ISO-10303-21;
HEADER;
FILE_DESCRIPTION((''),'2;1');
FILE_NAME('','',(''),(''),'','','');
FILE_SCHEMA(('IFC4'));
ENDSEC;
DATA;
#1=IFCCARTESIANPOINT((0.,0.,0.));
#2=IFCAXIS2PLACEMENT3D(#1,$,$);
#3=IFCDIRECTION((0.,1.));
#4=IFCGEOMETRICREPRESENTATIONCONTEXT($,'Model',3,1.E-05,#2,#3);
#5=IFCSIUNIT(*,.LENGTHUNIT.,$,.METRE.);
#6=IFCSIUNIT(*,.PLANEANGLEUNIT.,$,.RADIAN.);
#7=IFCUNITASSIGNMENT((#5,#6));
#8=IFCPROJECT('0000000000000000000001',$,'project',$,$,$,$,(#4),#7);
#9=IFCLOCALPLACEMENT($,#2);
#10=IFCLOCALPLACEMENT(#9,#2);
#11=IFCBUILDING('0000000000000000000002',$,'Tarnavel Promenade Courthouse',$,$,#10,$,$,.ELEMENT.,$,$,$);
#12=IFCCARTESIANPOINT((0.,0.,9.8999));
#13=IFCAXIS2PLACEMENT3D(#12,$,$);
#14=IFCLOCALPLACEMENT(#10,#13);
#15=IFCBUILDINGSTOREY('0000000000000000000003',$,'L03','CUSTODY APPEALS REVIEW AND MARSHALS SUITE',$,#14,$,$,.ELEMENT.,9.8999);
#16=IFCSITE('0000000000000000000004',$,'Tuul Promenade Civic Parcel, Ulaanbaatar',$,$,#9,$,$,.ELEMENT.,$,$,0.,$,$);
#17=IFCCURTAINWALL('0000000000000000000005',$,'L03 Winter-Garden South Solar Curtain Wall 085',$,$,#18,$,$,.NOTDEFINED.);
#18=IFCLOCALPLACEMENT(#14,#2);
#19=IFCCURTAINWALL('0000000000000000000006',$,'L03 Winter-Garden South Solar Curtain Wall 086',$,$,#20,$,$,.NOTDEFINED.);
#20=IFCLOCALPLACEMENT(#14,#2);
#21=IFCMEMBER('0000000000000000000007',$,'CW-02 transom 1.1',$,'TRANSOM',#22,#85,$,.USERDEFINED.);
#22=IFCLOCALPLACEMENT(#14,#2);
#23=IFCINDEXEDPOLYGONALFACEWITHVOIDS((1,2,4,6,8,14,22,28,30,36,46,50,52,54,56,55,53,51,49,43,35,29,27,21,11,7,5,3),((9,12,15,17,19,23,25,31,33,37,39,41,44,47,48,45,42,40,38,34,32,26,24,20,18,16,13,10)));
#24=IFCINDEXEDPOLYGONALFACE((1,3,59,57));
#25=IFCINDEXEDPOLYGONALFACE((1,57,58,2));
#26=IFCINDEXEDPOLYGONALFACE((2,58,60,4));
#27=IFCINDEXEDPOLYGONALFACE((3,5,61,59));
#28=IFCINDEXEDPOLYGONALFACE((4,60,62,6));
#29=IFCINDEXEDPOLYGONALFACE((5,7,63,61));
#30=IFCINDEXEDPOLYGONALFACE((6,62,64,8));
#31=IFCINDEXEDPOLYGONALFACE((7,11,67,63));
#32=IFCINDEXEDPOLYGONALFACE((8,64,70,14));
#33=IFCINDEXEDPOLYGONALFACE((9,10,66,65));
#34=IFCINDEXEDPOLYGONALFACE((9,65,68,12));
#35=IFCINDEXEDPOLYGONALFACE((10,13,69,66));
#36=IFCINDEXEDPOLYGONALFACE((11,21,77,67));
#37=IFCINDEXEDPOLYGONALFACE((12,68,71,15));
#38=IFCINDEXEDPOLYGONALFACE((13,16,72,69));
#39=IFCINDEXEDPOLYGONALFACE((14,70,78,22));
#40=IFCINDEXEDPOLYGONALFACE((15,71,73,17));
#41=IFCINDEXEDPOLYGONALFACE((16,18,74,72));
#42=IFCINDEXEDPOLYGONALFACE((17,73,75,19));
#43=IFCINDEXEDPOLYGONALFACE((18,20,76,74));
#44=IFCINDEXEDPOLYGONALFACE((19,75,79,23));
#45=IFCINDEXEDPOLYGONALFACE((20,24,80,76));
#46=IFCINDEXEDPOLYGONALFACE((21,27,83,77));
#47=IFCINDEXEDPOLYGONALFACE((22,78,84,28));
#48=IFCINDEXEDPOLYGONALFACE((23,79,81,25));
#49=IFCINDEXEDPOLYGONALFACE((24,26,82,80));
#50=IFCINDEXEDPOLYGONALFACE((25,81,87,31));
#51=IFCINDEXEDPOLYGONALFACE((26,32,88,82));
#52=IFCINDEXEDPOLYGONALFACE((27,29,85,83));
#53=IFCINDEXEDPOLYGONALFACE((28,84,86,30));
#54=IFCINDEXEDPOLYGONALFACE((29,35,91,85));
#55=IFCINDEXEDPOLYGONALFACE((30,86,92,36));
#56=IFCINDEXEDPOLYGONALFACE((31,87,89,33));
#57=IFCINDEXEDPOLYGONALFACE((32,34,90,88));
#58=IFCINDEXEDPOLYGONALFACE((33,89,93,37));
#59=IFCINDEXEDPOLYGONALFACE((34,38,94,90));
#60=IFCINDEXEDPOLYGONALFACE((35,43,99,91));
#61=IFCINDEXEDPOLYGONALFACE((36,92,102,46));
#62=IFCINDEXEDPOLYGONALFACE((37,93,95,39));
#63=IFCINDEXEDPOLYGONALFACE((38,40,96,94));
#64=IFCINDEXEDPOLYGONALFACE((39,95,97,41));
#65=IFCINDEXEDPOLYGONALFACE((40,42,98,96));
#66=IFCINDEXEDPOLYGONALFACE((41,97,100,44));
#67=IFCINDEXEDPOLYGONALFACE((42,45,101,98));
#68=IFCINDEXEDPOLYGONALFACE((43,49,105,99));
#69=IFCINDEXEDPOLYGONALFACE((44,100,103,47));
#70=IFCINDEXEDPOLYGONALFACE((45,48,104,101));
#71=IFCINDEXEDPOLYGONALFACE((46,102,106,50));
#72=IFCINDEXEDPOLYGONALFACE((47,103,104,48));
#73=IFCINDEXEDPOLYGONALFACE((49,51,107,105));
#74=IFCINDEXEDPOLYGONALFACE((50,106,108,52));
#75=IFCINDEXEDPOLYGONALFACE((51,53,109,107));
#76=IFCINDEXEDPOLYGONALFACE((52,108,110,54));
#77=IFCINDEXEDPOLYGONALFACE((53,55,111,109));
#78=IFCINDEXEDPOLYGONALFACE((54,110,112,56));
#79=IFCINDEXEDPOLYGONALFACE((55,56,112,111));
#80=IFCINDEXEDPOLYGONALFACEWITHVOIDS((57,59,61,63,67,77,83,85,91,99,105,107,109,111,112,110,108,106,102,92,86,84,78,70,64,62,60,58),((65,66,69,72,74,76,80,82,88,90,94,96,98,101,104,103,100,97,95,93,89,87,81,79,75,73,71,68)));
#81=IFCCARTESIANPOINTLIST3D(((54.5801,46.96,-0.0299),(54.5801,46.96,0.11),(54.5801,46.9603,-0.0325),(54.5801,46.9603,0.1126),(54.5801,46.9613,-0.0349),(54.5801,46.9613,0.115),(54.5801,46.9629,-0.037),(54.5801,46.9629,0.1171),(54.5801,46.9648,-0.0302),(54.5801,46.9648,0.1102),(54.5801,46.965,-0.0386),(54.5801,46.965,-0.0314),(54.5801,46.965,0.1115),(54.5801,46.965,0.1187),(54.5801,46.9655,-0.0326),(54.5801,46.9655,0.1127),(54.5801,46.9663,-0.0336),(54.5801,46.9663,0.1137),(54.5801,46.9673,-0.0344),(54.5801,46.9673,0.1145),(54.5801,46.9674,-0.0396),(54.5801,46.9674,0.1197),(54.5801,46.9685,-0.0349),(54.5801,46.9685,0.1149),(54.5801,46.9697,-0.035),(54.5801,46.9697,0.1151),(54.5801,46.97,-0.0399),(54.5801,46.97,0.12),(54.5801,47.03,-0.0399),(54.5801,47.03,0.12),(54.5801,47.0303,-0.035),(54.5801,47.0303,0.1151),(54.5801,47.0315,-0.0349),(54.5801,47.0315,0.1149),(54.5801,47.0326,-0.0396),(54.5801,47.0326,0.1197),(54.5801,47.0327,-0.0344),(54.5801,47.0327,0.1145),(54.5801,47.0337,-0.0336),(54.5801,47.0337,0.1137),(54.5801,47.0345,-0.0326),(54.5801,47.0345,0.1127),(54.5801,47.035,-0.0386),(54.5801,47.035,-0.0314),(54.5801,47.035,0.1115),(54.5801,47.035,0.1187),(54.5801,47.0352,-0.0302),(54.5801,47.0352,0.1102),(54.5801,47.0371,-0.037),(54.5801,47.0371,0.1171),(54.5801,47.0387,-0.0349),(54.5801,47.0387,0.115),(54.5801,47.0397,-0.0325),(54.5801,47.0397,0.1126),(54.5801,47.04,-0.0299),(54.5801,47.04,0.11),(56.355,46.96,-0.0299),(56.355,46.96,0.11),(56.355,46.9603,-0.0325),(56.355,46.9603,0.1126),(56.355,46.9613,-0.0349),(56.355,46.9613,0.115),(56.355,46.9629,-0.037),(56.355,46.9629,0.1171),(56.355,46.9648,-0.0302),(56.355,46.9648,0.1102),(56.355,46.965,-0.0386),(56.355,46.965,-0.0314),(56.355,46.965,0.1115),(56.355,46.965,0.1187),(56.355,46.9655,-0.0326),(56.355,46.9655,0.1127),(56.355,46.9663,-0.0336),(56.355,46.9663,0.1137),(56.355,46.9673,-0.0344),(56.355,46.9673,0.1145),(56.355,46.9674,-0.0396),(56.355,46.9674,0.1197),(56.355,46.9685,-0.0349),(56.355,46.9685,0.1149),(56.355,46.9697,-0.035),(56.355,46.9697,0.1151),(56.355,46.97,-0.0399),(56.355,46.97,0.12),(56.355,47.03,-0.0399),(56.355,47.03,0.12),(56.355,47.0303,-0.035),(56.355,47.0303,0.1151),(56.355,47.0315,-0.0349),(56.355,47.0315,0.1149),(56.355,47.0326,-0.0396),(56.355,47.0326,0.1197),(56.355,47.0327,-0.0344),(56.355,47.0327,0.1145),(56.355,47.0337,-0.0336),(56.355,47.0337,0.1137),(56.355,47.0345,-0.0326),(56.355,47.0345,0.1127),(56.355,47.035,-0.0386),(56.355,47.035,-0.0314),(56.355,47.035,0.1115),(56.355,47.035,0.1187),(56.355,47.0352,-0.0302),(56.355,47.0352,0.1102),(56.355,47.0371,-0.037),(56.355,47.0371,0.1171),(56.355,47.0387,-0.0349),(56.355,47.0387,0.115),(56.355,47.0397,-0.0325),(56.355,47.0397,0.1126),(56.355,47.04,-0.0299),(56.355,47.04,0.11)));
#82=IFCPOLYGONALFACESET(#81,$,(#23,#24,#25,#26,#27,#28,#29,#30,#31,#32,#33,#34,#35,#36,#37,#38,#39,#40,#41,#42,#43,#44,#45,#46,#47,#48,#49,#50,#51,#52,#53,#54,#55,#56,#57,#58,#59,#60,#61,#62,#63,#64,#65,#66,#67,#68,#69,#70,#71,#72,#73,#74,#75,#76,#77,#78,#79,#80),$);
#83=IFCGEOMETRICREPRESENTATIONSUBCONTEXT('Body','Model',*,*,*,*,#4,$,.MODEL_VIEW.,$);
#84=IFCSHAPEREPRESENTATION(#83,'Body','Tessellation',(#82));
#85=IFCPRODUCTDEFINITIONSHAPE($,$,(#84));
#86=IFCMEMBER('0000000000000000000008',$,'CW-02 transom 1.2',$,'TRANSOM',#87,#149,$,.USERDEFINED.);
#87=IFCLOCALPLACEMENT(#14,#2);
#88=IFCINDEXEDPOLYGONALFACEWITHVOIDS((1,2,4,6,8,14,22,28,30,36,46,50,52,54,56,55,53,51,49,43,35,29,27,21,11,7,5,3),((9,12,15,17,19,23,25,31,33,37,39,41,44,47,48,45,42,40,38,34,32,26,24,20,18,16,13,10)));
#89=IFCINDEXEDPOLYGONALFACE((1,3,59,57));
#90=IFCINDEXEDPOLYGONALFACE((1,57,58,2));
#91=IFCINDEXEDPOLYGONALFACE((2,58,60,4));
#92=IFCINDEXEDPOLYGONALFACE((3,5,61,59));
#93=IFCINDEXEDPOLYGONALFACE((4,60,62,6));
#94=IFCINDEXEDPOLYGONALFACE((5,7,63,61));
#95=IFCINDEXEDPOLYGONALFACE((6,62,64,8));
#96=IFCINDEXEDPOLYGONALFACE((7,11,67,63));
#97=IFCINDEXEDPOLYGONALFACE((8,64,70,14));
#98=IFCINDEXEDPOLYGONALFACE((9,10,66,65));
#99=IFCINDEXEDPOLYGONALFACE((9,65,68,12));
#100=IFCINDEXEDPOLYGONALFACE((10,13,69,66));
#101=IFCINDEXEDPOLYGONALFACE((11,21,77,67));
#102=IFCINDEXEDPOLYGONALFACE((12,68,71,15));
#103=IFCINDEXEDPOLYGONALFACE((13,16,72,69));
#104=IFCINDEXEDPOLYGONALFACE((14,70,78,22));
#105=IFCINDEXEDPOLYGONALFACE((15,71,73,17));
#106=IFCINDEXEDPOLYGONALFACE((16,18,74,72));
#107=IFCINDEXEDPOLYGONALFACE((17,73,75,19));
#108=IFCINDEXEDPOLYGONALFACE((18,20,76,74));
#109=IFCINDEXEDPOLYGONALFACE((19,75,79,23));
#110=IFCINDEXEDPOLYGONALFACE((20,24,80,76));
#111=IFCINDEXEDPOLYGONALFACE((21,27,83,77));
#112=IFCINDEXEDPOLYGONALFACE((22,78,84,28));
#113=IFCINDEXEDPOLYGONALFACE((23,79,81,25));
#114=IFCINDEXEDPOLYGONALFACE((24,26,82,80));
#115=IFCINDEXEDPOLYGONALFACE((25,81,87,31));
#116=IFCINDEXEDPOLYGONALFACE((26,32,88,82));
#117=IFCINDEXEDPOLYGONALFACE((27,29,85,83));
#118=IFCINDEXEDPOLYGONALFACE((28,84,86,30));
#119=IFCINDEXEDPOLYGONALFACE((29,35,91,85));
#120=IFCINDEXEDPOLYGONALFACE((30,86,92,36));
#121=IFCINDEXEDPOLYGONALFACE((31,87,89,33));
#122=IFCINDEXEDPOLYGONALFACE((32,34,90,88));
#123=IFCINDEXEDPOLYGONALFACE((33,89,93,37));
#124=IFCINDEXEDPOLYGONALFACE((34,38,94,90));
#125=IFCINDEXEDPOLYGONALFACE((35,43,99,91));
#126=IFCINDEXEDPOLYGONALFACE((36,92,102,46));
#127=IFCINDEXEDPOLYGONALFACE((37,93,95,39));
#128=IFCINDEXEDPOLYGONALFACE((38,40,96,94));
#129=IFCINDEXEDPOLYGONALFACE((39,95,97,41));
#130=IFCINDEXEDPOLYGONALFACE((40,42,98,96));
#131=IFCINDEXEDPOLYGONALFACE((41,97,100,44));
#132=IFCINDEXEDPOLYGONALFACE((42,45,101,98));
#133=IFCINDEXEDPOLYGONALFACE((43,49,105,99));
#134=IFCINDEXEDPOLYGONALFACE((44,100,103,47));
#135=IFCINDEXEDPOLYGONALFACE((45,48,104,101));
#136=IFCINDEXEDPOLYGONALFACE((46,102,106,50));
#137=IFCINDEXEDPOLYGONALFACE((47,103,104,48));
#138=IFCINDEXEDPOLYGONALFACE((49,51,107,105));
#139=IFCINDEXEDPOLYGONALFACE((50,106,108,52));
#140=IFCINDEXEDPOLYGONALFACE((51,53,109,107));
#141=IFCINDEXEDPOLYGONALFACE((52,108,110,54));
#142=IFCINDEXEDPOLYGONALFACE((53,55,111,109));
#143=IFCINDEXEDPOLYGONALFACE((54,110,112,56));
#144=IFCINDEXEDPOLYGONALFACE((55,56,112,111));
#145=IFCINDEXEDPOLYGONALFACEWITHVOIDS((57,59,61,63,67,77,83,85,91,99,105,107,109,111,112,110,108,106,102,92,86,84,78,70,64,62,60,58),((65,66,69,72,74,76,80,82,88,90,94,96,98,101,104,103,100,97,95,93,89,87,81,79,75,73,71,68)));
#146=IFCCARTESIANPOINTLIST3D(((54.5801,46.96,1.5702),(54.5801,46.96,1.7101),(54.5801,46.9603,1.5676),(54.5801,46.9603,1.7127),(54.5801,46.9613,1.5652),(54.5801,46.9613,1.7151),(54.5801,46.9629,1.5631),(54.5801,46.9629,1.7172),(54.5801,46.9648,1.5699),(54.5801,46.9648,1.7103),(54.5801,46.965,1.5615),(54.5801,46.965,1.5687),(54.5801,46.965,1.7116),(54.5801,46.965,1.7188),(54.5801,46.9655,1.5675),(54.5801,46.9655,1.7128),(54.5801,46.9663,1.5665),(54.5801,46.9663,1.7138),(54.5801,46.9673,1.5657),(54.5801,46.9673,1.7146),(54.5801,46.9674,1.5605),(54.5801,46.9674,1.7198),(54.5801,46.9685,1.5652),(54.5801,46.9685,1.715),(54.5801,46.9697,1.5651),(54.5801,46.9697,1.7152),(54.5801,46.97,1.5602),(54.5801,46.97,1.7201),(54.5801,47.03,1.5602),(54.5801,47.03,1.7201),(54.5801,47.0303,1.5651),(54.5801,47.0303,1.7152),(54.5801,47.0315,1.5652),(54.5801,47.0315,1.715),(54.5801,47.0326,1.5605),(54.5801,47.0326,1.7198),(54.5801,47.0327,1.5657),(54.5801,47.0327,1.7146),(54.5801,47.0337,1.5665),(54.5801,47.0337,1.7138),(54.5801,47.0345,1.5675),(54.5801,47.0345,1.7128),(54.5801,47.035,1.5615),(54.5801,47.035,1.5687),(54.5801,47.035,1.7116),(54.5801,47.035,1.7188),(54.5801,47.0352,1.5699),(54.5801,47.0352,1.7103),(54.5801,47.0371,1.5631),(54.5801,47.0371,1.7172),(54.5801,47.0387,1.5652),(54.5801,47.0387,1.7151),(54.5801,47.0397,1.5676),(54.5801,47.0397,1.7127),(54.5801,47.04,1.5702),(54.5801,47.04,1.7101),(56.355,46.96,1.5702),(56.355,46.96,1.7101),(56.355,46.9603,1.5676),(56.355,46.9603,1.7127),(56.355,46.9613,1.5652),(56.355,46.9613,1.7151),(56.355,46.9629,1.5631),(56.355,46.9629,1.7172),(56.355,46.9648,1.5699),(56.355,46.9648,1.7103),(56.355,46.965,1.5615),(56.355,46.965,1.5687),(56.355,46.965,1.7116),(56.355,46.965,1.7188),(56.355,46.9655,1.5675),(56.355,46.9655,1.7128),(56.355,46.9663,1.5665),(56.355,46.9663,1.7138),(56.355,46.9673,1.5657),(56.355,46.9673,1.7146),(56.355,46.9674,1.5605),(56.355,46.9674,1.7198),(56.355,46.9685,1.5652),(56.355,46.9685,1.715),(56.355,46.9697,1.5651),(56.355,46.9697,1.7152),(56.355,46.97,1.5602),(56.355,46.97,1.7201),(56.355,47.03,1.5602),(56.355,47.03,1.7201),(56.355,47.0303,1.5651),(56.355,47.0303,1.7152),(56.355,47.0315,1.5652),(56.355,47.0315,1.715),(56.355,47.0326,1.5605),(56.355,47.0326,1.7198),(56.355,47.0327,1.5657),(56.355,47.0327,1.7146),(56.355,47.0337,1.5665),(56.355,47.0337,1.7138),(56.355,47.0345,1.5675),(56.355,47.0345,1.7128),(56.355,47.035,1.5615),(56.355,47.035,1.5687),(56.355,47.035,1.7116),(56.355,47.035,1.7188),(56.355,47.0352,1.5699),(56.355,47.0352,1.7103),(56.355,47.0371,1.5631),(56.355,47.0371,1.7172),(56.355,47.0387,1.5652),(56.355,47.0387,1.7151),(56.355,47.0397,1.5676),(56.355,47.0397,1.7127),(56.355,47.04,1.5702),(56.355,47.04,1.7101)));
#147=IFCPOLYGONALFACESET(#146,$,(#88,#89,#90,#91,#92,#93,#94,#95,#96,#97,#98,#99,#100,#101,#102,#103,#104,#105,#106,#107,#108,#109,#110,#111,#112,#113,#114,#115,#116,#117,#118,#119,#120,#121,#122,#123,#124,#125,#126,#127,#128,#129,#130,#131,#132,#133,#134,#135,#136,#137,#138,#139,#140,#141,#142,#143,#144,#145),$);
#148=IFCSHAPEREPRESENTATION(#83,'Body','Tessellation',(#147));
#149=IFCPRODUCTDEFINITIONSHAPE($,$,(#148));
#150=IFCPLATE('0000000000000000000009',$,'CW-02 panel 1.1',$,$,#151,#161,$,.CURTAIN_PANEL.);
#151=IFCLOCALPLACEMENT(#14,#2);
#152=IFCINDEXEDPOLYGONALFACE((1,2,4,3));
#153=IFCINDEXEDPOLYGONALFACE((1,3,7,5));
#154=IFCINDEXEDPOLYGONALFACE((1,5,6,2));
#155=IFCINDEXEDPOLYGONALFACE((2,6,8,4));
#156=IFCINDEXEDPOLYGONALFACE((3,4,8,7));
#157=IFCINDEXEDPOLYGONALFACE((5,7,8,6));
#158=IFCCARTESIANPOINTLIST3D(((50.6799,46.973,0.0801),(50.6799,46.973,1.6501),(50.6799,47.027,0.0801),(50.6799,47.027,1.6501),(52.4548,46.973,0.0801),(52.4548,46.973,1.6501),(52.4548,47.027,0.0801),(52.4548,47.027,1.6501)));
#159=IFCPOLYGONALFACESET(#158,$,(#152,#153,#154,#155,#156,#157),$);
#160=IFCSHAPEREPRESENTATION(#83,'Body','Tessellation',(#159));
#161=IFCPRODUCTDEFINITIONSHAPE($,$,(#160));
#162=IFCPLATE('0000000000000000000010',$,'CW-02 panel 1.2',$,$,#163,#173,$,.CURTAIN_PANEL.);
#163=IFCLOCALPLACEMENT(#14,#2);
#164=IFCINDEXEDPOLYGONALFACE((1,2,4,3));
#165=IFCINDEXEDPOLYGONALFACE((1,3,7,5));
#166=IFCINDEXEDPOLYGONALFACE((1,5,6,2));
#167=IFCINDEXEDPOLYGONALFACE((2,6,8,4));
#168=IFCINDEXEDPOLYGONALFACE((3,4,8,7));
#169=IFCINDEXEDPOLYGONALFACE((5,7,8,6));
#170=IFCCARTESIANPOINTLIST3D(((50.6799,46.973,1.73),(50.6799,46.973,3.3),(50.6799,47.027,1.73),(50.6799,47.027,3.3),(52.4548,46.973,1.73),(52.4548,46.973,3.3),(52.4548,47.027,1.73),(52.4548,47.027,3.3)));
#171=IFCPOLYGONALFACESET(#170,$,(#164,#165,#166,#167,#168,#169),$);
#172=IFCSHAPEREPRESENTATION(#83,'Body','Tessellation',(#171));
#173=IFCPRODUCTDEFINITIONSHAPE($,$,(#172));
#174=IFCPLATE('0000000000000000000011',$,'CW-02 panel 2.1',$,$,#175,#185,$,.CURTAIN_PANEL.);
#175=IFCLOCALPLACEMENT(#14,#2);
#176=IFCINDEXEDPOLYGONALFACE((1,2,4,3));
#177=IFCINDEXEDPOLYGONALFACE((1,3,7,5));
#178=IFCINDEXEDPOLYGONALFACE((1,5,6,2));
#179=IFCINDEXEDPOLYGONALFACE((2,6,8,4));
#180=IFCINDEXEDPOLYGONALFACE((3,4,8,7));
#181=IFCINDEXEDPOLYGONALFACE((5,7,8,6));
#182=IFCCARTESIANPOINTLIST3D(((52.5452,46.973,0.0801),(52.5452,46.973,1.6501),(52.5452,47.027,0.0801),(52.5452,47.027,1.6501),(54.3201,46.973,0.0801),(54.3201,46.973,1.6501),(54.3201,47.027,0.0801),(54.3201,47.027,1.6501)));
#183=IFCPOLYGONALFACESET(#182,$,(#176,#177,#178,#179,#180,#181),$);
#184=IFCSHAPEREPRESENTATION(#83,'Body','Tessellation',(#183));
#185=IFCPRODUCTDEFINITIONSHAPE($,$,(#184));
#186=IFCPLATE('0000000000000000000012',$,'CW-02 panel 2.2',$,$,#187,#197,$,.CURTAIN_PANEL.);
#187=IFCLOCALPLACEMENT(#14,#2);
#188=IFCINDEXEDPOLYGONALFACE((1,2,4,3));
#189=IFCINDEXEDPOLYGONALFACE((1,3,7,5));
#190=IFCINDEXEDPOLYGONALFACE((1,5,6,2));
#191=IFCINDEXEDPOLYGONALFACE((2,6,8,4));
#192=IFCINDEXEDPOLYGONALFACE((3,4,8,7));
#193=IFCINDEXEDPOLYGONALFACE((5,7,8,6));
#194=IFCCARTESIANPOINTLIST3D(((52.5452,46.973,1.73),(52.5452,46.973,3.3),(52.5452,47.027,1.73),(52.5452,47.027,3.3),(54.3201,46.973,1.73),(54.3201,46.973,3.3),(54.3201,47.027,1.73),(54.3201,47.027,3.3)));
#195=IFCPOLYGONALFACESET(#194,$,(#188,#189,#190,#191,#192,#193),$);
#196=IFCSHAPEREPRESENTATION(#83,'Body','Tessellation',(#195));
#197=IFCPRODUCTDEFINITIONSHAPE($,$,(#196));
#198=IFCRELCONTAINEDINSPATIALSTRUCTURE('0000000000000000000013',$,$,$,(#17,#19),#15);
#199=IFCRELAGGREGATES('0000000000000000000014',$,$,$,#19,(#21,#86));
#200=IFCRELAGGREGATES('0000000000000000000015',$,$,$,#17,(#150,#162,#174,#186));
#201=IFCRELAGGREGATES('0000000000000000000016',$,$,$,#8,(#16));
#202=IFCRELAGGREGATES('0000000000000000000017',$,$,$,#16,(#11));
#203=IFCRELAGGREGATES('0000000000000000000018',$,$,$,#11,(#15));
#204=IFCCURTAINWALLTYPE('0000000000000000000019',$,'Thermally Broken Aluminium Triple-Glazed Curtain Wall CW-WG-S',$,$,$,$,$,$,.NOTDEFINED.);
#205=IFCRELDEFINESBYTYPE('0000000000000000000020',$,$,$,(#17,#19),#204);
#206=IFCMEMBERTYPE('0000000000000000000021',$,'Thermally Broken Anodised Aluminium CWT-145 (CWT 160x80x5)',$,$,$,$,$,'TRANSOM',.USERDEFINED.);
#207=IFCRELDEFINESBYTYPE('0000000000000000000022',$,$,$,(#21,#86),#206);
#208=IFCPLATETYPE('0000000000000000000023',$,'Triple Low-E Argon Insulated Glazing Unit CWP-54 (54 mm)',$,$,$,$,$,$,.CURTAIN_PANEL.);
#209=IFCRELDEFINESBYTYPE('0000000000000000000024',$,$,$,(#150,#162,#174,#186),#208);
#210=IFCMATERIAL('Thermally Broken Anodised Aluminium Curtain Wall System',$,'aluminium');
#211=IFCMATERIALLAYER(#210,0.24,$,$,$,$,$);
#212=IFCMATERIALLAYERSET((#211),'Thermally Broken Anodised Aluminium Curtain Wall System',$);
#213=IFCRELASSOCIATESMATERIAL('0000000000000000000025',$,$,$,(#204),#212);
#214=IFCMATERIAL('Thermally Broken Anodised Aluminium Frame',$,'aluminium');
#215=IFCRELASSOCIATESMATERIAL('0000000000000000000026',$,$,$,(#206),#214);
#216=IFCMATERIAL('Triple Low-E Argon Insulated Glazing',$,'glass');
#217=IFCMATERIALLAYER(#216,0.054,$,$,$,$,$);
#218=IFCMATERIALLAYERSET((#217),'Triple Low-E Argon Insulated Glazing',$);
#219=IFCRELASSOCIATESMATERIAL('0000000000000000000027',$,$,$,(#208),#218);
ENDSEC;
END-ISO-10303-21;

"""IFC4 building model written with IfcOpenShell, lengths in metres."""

from ifc_helpers import new_model, si_unit, direction, frame, origin, origin_2d, place, context, subcontext, project, spatial, rectangle, hollow_rectangle, extrude, material, layer, layer_set, material_profile, profile_set, type_object, element, aggregate, save


model = new_model("IFC4")

# Units and contexts
model_context = context("Model", 3, precision=1e-05, world=origin(), true_north=direction((0.0, 1.0)))
body_context = subcontext(model_context, "Body", "Model", "MODEL_VIEW")
ifc_project = project(units=[si_unit("LENGTHUNIT", "METRE"), si_unit("PLANEANGLEUNIT", "RADIAN")], contexts=[model_context])

# Site, building, storey
site_placement = place(None, origin())
site = spatial("IfcSite", under=ifc_project, at=site_placement, Name="Tuul Promenade Civic Parcel, Ulaanbaatar", CompositionType="ELEMENT", RefElevation=0.0)
building_placement = place(site_placement, origin())
building = spatial("IfcBuilding", under=site, at=building_placement, Name="Tarnavel Promenade Courthouse", CompositionType="ELEMENT")
storey_placement = place(building_placement, frame((0.0, 0.0, 9.8999)))
storey = spatial("IfcBuildingStorey", under=building, at=storey_placement, Name="L03", Description="CUSTODY APPEALS REVIEW AND MARSHALS SUITE", CompositionType="ELEMENT", Elevation=9.8999)

# Shared definitions
ifc_material_1 = material(Name="Thermally Broken Anodised Aluminium Curtain Wall System", Category="aluminium")
ifc_layer_1 = layer(ifc_material_1, 0.24)
ifc_layer_set_1 = layer_set([ifc_layer_1], Name="Thermally Broken Anodised Aluminium Curtain Wall System")
curtain_wall_type = type_object("IfcCurtainWallType", Name="Thermally Broken Aluminium Triple-Glazed Curtain Wall CW-WG-S", PredefinedType="NOTDEFINED", material=ifc_layer_set_1)
ifc_material_2 = material(Name="Thermally Broken Anodised Aluminium Frame", Category="aluminium")

# Curtain wall
curtain_wall_1_placement = place(storey_placement, origin())
curtain_wall_1 = element("IfcCurtainWall", 1, at=curtain_wall_1_placement, inside=storey, type_object=curtain_wall_type, Name="L03 Winter-Garden South Solar Curtain Wall 085", PredefinedType="NOTDEFINED")

# Curtain wall
curtain_wall_2_placement = place(storey_placement, origin())
curtain_wall_2 = element("IfcCurtainWall", 2, at=curtain_wall_2_placement, inside=storey, type_object=curtain_wall_type, Name="L03 Winter-Garden South Solar Curtain Wall 086", PredefinedType="NOTDEFINED")

# Members
ifc_material_profile_1 = material_profile(ifc_material_2, hollow_rectangle(XDim=0.0801, YDim=0.1599, WallThickness=0.0049, InnerFilletRadius=0.0049, OuterFilletRadius=0.01, at=origin_2d()), Name="CWT 160x80x5")
ifc_profile_set_1 = profile_set([ifc_material_profile_1], Name="Thermally Broken Anodised Aluminium Frame")
member_type_1 = type_object("IfcMemberType", Name="Thermally Broken Anodised Aluminium CWT-145 (CWT 160x80x5)", ElementType="TRANSOM", PredefinedType="USERDEFINED", material=ifc_profile_set_1)
member_1_placement = place(storey_placement, frame((54.5801, 47.0, 0.04), z_axis=(1.0, 0.0, 0.0), x_axis=(0.0, 1.0, 0.0)))
member_1 = element("IfcMember", 3, at=member_1_placement, type_object=member_type_1, Name="CW-02 transom 1.1", ObjectType="TRANSOM", PredefinedType="USERDEFINED", context=body_context, shape_type="SweptSolid", body=[
    extrude(hollow_rectangle(XDim=0.0801, YDim=0.1599, WallThickness=0.0049, InnerFilletRadius=0.0049, OuterFilletRadius=0.01, at=origin_2d()), origin(), (0.0, 0.0, 1.0), 1.7749),
])
member_2_placement = place(storey_placement, frame((54.5801, 47.0, 1.6401), z_axis=(1.0, 0.0, 0.0), x_axis=(0.0, 1.0, 0.0)))
member_2 = element("IfcMember", 4, at=member_2_placement, type_object=member_type_1, Name="CW-02 transom 1.2", ObjectType="TRANSOM", PredefinedType="USERDEFINED", context=body_context, shape_type="SweptSolid", body=[
    extrude(hollow_rectangle(XDim=0.0801, YDim=0.1599, WallThickness=0.0049, InnerFilletRadius=0.0049, OuterFilletRadius=0.01, at=origin_2d()), origin(), (0.0, 0.0, 1.0), 1.7749),
])
aggregate(curtain_wall_2, [member_1, member_2])

# Plates
ifc_material_3 = material(Name="Triple Low-E Argon Insulated Glazing", Category="glass")
ifc_layer_2 = layer(ifc_material_3, 0.054)
ifc_layer_set_2 = layer_set([ifc_layer_2], Name="Triple Low-E Argon Insulated Glazing")
plate_type = type_object("IfcPlateType", Name="Triple Low-E Argon Insulated Glazing Unit CWP-54 (54 mm)", PredefinedType="CURTAIN_PANEL", material=ifc_layer_set_2)
plate_1_placement = place(storey_placement, frame((51.5674, 47.0, 0.0801), z_axis=(0.0, 0.0, 1.0), x_axis=(1.0, 0.0, 0.0)))
plate_1 = element("IfcPlate", 5, at=plate_1_placement, type_object=plate_type, Name="CW-02 panel 1.1", PredefinedType="CURTAIN_PANEL", context=body_context, shape_type="SweptSolid", body=[
    extrude(rectangle(XDim=1.7749, YDim=0.054, at=origin_2d()), origin(), (0.0, 0.0, 1.0), 1.5701),
])
plate_2_placement = place(storey_placement, frame((51.5674, 47.0, 1.73), z_axis=(0.0, 0.0, 1.0), x_axis=(1.0, 0.0, 0.0)))
plate_2 = element("IfcPlate", 6, at=plate_2_placement, type_object=plate_type, Name="CW-02 panel 1.2", PredefinedType="CURTAIN_PANEL", context=body_context, shape_type="SweptSolid", body=[
    extrude(rectangle(XDim=1.7749, YDim=0.054, at=origin_2d()), origin(), (0.0, 0.0, 1.0), 1.5701),
])
plate_3_placement = place(storey_placement, frame((53.4326, 47.0, 0.0801), z_axis=(0.0, 0.0, 1.0), x_axis=(1.0, 0.0, 0.0)))
plate_3 = element("IfcPlate", 7, at=plate_3_placement, type_object=plate_type, Name="CW-02 panel 2.1", PredefinedType="CURTAIN_PANEL", context=body_context, shape_type="SweptSolid", body=[
    extrude(rectangle(XDim=1.7749, YDim=0.054, at=origin_2d()), origin(), (0.0, 0.0, 1.0), 1.5701),
])
plate_4_placement = place(storey_placement, frame((53.4326, 47.0, 1.73), z_axis=(0.0, 0.0, 1.0), x_axis=(1.0, 0.0, 0.0)))
plate_4 = element("IfcPlate", 8, at=plate_4_placement, type_object=plate_type, Name="CW-02 panel 2.2", PredefinedType="CURTAIN_PANEL", context=body_context, shape_type="SweptSolid", body=[
    extrude(rectangle(XDim=1.7749, YDim=0.054, at=origin_2d()), origin(), (0.0, 0.0, 1.0), 1.5701),
])
aggregate(curtain_wall_1, [plate_1, plate_2, plate_3, plate_4])

save(model, "model.ifc")
